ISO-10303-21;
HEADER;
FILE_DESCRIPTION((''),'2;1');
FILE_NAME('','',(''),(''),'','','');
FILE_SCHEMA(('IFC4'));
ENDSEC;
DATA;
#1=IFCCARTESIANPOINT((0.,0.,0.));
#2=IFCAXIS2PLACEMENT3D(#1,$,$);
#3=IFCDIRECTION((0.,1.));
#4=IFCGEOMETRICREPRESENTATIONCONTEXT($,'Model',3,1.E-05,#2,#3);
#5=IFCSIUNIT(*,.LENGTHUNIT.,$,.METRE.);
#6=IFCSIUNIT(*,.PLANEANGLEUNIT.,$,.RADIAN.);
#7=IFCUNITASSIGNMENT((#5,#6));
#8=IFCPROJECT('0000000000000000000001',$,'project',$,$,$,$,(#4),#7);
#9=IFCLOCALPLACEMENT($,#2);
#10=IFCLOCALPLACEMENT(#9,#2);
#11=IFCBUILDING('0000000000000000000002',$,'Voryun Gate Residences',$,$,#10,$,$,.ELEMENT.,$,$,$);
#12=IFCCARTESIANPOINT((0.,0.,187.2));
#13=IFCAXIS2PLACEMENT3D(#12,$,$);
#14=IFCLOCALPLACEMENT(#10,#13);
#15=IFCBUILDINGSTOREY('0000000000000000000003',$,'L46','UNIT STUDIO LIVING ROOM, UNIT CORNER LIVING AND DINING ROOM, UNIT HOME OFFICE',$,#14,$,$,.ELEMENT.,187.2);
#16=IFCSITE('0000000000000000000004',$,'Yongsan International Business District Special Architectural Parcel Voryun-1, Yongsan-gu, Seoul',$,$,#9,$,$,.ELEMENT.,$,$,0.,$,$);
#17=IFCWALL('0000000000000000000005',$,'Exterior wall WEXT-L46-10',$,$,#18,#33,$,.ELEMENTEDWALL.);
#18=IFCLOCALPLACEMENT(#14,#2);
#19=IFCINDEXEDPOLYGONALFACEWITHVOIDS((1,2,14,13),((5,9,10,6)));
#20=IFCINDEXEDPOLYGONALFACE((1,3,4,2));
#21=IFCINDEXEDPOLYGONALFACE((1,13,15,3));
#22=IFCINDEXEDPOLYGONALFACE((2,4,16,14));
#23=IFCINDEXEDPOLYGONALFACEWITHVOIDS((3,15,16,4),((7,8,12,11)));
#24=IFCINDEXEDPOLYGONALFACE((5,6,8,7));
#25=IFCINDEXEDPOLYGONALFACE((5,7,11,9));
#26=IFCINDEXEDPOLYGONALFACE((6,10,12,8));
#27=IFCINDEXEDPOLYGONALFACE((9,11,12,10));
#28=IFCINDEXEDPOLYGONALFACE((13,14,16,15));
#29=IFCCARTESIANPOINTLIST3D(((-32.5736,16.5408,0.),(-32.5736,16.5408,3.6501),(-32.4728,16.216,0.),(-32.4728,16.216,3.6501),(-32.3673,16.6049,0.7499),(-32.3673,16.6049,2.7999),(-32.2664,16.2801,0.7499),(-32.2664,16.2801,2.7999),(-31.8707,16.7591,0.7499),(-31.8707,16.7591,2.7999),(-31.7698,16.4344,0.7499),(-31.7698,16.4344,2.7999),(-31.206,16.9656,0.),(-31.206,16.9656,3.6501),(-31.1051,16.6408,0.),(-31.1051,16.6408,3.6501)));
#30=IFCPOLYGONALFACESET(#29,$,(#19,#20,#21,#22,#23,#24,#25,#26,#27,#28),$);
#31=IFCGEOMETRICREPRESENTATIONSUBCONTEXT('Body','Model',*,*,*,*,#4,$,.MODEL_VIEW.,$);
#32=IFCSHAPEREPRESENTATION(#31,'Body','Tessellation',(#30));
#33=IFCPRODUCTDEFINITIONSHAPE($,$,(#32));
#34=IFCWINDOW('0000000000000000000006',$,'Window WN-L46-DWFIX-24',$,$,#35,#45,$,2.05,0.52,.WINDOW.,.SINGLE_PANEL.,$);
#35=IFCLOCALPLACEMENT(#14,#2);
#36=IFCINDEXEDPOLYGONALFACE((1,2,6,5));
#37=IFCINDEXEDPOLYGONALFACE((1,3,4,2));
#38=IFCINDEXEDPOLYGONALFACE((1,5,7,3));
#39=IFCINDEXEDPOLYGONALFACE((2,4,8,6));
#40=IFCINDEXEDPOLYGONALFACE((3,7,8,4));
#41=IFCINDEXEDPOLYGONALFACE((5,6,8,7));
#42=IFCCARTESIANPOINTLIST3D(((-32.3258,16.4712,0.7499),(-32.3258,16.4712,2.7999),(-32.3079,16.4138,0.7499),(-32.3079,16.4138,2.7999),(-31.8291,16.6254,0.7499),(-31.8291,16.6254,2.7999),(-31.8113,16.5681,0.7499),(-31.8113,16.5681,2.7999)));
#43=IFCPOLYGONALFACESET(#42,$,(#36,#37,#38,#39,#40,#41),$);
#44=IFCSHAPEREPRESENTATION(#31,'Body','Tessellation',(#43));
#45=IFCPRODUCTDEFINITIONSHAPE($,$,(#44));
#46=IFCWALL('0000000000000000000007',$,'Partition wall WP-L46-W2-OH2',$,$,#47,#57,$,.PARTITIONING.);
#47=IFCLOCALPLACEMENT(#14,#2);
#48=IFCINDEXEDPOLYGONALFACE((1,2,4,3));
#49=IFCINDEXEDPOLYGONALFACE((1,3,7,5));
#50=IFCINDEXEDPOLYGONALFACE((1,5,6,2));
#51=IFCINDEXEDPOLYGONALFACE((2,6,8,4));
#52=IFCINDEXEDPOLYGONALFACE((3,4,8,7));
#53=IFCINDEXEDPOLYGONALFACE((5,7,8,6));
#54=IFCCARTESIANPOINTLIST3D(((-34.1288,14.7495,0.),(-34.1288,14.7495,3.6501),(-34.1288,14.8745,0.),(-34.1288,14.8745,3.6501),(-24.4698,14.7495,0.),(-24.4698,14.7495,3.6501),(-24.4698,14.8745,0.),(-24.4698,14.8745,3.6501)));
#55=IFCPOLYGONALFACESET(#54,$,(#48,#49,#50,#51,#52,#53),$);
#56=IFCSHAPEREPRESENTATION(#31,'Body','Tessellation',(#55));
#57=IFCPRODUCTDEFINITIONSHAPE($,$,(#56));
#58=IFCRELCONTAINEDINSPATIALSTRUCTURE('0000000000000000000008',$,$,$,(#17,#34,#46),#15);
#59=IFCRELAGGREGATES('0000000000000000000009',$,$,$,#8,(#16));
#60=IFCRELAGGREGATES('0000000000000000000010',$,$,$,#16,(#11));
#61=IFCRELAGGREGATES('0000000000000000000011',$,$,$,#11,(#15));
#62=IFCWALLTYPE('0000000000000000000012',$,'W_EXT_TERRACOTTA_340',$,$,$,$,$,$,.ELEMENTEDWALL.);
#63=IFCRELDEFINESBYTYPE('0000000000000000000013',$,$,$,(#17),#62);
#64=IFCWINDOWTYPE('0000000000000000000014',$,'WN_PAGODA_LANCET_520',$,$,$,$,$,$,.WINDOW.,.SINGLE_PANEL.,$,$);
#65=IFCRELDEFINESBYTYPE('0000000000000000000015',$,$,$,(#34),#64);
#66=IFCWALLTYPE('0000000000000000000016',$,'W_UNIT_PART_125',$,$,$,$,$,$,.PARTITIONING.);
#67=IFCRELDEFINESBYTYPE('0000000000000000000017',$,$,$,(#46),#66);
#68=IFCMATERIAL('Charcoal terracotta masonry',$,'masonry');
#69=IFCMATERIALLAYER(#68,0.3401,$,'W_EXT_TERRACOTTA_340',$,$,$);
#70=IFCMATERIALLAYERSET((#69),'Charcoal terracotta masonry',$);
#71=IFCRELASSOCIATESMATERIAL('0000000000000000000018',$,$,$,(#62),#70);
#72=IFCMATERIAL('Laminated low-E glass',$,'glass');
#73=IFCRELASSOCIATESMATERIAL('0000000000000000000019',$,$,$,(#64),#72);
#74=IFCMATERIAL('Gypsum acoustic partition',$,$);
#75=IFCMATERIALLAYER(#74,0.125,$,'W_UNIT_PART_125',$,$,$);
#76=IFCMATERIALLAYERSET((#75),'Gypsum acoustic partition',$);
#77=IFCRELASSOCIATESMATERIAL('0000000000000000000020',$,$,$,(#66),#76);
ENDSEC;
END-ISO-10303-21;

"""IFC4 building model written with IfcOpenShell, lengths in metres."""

from ifc_helpers import new_model, si_unit, direction, frame, frame_2d, origin, place, context, subcontext, project, spatial, rectangle, extrude, material, layer, layer_set, type_object, element, fill, save


model = new_model("IFC4")

# Units and contexts
model_context = context("Model", 3, precision=1e-05, world=origin(), true_north=direction((0.0, 1.0)))
body_context = subcontext(model_context, "Body", "Model", "MODEL_VIEW")
ifc_project = project(units=[si_unit("LENGTHUNIT", "METRE"), si_unit("PLANEANGLEUNIT", "RADIAN")], contexts=[model_context])

# Site, building, storey
site_placement = place(None, origin())
site = spatial("IfcSite", under=ifc_project, at=site_placement, Name="Yongsan International Business District Special Architectural Parcel Voryun-1, Yongsan-gu, Seoul", CompositionType="ELEMENT", RefElevation=0.0)
building_placement = place(site_placement, origin())
building = spatial("IfcBuilding", under=site, at=building_placement, Name="Voryun Gate Residences", CompositionType="ELEMENT")
storey_placement = place(building_placement, frame((0.0, 0.0, 187.2)))
storey = spatial("IfcBuildingStorey", under=building, at=storey_placement, Name="L46", Description="UNIT STUDIO LIVING ROOM, UNIT CORNER LIVING AND DINING ROOM, UNIT HOME OFFICE", CompositionType="ELEMENT", Elevation=187.2)

# Shared definitions
ifc_material_1 = material(Name="Charcoal terracotta masonry", Category="masonry")
ifc_layer_1 = layer(ifc_material_1, 0.3401, Name="W_EXT_TERRACOTTA_340")
ifc_layer_set_1 = layer_set([ifc_layer_1], Name="Charcoal terracotta masonry")
wall_type_1 = type_object("IfcWallType", Name="W_EXT_TERRACOTTA_340", PredefinedType="ELEMENTEDWALL", material=ifc_layer_set_1)

# Wall, opening, window
wall_1_placement = place(storey_placement, frame((-32.5232, 16.3784, 0.0), z_axis=(0.0, 0.0, 1.0), x_axis=(0.954994, 0.296624, 0.0)))
wall_1 = element("IfcWall", 1, at=wall_1_placement, inside=storey, type_object=wall_type_1, Name="Exterior wall WEXT-L46-10", PredefinedType="ELEMENTEDWALL", context=body_context, shape_type="SweptSolid", body=[
    extrude(rectangle(XDim=1.4321, YDim=0.3401, at=frame_2d((0.7161, 0.0))), origin(), (0.0, 0.0, 1.0), 3.6501),
])
opening_1_placement = place(wall_1_placement, frame((0.2161, 0.0, 0.75)))
opening_1 = element("IfcOpeningElement", 2, at=opening_1_placement, cuts=wall_1, PredefinedType="OPENING", context=body_context, shape_type="SweptSolid", body=[
    extrude(rectangle(XDim=0.52, YDim=2.05, at=frame_2d((0.26, 1.0249))), frame((0.0, 0.1799, 0.0), z_axis=(0.0, -1.0, 0.0), x_axis=(1.0, 0.0, 0.0)), (0.0, 0.0, 1.0), 0.3601),
])
ifc_material_2 = material(Name="Laminated low-E glass", Category="glass")
window_type_1 = type_object("IfcWindowType", Name="WN_PAGODA_LANCET_520", PartitioningType="SINGLE_PANEL", PredefinedType="WINDOW", material=ifc_material_2)
window_1_placement = place(opening_1_placement, origin())
window_1 = element("IfcWindow", 3, at=window_1_placement, inside=storey, type_object=window_type_1, Name="Window WN-L46-DWFIX-24", OverallHeight=2.05, OverallWidth=0.52, PartitioningType="SINGLE_PANEL", PredefinedType="WINDOW", context=body_context, shape_type="SweptSolid", body=[
    extrude(rectangle(XDim=0.52, YDim=2.05, at=frame_2d((0.26, 1.0249))), frame((0.0, 0.03, 0.0), z_axis=(0.0, -1.0, 0.0), x_axis=(1.0, 0.0, 0.0)), (0.0, 0.0, 1.0), 0.0601),
])
fill(opening_1, window_1)

# Wall
ifc_material_3 = material(Name="Gypsum acoustic partition")
ifc_layer_2 = layer(ifc_material_3, 0.125, Name="W_UNIT_PART_125")
ifc_layer_set_2 = layer_set([ifc_layer_2], Name="Gypsum acoustic partition")
wall_type_2 = type_object("IfcWallType", Name="W_UNIT_PART_125", PredefinedType="PARTITIONING", material=ifc_layer_set_2)
wall_2_placement = place(storey_placement, frame((-34.1289, 14.812, 0.0), z_axis=(0.0, 0.0, 1.0), x_axis=(1.0, 0.0, 0.0)))
element("IfcWall", 4, at=wall_2_placement, inside=storey, type_object=wall_type_2, Name="Partition wall WP-L46-W2-OH2", PredefinedType="PARTITIONING", context=body_context, shape_type="SweptSolid", body=[
    extrude(rectangle(XDim=9.6589, YDim=0.125, at=frame_2d((4.8296, 0.0))), origin(), (0.0, 0.0, 1.0), 3.6501),
])

save(model, "model.ifc")
